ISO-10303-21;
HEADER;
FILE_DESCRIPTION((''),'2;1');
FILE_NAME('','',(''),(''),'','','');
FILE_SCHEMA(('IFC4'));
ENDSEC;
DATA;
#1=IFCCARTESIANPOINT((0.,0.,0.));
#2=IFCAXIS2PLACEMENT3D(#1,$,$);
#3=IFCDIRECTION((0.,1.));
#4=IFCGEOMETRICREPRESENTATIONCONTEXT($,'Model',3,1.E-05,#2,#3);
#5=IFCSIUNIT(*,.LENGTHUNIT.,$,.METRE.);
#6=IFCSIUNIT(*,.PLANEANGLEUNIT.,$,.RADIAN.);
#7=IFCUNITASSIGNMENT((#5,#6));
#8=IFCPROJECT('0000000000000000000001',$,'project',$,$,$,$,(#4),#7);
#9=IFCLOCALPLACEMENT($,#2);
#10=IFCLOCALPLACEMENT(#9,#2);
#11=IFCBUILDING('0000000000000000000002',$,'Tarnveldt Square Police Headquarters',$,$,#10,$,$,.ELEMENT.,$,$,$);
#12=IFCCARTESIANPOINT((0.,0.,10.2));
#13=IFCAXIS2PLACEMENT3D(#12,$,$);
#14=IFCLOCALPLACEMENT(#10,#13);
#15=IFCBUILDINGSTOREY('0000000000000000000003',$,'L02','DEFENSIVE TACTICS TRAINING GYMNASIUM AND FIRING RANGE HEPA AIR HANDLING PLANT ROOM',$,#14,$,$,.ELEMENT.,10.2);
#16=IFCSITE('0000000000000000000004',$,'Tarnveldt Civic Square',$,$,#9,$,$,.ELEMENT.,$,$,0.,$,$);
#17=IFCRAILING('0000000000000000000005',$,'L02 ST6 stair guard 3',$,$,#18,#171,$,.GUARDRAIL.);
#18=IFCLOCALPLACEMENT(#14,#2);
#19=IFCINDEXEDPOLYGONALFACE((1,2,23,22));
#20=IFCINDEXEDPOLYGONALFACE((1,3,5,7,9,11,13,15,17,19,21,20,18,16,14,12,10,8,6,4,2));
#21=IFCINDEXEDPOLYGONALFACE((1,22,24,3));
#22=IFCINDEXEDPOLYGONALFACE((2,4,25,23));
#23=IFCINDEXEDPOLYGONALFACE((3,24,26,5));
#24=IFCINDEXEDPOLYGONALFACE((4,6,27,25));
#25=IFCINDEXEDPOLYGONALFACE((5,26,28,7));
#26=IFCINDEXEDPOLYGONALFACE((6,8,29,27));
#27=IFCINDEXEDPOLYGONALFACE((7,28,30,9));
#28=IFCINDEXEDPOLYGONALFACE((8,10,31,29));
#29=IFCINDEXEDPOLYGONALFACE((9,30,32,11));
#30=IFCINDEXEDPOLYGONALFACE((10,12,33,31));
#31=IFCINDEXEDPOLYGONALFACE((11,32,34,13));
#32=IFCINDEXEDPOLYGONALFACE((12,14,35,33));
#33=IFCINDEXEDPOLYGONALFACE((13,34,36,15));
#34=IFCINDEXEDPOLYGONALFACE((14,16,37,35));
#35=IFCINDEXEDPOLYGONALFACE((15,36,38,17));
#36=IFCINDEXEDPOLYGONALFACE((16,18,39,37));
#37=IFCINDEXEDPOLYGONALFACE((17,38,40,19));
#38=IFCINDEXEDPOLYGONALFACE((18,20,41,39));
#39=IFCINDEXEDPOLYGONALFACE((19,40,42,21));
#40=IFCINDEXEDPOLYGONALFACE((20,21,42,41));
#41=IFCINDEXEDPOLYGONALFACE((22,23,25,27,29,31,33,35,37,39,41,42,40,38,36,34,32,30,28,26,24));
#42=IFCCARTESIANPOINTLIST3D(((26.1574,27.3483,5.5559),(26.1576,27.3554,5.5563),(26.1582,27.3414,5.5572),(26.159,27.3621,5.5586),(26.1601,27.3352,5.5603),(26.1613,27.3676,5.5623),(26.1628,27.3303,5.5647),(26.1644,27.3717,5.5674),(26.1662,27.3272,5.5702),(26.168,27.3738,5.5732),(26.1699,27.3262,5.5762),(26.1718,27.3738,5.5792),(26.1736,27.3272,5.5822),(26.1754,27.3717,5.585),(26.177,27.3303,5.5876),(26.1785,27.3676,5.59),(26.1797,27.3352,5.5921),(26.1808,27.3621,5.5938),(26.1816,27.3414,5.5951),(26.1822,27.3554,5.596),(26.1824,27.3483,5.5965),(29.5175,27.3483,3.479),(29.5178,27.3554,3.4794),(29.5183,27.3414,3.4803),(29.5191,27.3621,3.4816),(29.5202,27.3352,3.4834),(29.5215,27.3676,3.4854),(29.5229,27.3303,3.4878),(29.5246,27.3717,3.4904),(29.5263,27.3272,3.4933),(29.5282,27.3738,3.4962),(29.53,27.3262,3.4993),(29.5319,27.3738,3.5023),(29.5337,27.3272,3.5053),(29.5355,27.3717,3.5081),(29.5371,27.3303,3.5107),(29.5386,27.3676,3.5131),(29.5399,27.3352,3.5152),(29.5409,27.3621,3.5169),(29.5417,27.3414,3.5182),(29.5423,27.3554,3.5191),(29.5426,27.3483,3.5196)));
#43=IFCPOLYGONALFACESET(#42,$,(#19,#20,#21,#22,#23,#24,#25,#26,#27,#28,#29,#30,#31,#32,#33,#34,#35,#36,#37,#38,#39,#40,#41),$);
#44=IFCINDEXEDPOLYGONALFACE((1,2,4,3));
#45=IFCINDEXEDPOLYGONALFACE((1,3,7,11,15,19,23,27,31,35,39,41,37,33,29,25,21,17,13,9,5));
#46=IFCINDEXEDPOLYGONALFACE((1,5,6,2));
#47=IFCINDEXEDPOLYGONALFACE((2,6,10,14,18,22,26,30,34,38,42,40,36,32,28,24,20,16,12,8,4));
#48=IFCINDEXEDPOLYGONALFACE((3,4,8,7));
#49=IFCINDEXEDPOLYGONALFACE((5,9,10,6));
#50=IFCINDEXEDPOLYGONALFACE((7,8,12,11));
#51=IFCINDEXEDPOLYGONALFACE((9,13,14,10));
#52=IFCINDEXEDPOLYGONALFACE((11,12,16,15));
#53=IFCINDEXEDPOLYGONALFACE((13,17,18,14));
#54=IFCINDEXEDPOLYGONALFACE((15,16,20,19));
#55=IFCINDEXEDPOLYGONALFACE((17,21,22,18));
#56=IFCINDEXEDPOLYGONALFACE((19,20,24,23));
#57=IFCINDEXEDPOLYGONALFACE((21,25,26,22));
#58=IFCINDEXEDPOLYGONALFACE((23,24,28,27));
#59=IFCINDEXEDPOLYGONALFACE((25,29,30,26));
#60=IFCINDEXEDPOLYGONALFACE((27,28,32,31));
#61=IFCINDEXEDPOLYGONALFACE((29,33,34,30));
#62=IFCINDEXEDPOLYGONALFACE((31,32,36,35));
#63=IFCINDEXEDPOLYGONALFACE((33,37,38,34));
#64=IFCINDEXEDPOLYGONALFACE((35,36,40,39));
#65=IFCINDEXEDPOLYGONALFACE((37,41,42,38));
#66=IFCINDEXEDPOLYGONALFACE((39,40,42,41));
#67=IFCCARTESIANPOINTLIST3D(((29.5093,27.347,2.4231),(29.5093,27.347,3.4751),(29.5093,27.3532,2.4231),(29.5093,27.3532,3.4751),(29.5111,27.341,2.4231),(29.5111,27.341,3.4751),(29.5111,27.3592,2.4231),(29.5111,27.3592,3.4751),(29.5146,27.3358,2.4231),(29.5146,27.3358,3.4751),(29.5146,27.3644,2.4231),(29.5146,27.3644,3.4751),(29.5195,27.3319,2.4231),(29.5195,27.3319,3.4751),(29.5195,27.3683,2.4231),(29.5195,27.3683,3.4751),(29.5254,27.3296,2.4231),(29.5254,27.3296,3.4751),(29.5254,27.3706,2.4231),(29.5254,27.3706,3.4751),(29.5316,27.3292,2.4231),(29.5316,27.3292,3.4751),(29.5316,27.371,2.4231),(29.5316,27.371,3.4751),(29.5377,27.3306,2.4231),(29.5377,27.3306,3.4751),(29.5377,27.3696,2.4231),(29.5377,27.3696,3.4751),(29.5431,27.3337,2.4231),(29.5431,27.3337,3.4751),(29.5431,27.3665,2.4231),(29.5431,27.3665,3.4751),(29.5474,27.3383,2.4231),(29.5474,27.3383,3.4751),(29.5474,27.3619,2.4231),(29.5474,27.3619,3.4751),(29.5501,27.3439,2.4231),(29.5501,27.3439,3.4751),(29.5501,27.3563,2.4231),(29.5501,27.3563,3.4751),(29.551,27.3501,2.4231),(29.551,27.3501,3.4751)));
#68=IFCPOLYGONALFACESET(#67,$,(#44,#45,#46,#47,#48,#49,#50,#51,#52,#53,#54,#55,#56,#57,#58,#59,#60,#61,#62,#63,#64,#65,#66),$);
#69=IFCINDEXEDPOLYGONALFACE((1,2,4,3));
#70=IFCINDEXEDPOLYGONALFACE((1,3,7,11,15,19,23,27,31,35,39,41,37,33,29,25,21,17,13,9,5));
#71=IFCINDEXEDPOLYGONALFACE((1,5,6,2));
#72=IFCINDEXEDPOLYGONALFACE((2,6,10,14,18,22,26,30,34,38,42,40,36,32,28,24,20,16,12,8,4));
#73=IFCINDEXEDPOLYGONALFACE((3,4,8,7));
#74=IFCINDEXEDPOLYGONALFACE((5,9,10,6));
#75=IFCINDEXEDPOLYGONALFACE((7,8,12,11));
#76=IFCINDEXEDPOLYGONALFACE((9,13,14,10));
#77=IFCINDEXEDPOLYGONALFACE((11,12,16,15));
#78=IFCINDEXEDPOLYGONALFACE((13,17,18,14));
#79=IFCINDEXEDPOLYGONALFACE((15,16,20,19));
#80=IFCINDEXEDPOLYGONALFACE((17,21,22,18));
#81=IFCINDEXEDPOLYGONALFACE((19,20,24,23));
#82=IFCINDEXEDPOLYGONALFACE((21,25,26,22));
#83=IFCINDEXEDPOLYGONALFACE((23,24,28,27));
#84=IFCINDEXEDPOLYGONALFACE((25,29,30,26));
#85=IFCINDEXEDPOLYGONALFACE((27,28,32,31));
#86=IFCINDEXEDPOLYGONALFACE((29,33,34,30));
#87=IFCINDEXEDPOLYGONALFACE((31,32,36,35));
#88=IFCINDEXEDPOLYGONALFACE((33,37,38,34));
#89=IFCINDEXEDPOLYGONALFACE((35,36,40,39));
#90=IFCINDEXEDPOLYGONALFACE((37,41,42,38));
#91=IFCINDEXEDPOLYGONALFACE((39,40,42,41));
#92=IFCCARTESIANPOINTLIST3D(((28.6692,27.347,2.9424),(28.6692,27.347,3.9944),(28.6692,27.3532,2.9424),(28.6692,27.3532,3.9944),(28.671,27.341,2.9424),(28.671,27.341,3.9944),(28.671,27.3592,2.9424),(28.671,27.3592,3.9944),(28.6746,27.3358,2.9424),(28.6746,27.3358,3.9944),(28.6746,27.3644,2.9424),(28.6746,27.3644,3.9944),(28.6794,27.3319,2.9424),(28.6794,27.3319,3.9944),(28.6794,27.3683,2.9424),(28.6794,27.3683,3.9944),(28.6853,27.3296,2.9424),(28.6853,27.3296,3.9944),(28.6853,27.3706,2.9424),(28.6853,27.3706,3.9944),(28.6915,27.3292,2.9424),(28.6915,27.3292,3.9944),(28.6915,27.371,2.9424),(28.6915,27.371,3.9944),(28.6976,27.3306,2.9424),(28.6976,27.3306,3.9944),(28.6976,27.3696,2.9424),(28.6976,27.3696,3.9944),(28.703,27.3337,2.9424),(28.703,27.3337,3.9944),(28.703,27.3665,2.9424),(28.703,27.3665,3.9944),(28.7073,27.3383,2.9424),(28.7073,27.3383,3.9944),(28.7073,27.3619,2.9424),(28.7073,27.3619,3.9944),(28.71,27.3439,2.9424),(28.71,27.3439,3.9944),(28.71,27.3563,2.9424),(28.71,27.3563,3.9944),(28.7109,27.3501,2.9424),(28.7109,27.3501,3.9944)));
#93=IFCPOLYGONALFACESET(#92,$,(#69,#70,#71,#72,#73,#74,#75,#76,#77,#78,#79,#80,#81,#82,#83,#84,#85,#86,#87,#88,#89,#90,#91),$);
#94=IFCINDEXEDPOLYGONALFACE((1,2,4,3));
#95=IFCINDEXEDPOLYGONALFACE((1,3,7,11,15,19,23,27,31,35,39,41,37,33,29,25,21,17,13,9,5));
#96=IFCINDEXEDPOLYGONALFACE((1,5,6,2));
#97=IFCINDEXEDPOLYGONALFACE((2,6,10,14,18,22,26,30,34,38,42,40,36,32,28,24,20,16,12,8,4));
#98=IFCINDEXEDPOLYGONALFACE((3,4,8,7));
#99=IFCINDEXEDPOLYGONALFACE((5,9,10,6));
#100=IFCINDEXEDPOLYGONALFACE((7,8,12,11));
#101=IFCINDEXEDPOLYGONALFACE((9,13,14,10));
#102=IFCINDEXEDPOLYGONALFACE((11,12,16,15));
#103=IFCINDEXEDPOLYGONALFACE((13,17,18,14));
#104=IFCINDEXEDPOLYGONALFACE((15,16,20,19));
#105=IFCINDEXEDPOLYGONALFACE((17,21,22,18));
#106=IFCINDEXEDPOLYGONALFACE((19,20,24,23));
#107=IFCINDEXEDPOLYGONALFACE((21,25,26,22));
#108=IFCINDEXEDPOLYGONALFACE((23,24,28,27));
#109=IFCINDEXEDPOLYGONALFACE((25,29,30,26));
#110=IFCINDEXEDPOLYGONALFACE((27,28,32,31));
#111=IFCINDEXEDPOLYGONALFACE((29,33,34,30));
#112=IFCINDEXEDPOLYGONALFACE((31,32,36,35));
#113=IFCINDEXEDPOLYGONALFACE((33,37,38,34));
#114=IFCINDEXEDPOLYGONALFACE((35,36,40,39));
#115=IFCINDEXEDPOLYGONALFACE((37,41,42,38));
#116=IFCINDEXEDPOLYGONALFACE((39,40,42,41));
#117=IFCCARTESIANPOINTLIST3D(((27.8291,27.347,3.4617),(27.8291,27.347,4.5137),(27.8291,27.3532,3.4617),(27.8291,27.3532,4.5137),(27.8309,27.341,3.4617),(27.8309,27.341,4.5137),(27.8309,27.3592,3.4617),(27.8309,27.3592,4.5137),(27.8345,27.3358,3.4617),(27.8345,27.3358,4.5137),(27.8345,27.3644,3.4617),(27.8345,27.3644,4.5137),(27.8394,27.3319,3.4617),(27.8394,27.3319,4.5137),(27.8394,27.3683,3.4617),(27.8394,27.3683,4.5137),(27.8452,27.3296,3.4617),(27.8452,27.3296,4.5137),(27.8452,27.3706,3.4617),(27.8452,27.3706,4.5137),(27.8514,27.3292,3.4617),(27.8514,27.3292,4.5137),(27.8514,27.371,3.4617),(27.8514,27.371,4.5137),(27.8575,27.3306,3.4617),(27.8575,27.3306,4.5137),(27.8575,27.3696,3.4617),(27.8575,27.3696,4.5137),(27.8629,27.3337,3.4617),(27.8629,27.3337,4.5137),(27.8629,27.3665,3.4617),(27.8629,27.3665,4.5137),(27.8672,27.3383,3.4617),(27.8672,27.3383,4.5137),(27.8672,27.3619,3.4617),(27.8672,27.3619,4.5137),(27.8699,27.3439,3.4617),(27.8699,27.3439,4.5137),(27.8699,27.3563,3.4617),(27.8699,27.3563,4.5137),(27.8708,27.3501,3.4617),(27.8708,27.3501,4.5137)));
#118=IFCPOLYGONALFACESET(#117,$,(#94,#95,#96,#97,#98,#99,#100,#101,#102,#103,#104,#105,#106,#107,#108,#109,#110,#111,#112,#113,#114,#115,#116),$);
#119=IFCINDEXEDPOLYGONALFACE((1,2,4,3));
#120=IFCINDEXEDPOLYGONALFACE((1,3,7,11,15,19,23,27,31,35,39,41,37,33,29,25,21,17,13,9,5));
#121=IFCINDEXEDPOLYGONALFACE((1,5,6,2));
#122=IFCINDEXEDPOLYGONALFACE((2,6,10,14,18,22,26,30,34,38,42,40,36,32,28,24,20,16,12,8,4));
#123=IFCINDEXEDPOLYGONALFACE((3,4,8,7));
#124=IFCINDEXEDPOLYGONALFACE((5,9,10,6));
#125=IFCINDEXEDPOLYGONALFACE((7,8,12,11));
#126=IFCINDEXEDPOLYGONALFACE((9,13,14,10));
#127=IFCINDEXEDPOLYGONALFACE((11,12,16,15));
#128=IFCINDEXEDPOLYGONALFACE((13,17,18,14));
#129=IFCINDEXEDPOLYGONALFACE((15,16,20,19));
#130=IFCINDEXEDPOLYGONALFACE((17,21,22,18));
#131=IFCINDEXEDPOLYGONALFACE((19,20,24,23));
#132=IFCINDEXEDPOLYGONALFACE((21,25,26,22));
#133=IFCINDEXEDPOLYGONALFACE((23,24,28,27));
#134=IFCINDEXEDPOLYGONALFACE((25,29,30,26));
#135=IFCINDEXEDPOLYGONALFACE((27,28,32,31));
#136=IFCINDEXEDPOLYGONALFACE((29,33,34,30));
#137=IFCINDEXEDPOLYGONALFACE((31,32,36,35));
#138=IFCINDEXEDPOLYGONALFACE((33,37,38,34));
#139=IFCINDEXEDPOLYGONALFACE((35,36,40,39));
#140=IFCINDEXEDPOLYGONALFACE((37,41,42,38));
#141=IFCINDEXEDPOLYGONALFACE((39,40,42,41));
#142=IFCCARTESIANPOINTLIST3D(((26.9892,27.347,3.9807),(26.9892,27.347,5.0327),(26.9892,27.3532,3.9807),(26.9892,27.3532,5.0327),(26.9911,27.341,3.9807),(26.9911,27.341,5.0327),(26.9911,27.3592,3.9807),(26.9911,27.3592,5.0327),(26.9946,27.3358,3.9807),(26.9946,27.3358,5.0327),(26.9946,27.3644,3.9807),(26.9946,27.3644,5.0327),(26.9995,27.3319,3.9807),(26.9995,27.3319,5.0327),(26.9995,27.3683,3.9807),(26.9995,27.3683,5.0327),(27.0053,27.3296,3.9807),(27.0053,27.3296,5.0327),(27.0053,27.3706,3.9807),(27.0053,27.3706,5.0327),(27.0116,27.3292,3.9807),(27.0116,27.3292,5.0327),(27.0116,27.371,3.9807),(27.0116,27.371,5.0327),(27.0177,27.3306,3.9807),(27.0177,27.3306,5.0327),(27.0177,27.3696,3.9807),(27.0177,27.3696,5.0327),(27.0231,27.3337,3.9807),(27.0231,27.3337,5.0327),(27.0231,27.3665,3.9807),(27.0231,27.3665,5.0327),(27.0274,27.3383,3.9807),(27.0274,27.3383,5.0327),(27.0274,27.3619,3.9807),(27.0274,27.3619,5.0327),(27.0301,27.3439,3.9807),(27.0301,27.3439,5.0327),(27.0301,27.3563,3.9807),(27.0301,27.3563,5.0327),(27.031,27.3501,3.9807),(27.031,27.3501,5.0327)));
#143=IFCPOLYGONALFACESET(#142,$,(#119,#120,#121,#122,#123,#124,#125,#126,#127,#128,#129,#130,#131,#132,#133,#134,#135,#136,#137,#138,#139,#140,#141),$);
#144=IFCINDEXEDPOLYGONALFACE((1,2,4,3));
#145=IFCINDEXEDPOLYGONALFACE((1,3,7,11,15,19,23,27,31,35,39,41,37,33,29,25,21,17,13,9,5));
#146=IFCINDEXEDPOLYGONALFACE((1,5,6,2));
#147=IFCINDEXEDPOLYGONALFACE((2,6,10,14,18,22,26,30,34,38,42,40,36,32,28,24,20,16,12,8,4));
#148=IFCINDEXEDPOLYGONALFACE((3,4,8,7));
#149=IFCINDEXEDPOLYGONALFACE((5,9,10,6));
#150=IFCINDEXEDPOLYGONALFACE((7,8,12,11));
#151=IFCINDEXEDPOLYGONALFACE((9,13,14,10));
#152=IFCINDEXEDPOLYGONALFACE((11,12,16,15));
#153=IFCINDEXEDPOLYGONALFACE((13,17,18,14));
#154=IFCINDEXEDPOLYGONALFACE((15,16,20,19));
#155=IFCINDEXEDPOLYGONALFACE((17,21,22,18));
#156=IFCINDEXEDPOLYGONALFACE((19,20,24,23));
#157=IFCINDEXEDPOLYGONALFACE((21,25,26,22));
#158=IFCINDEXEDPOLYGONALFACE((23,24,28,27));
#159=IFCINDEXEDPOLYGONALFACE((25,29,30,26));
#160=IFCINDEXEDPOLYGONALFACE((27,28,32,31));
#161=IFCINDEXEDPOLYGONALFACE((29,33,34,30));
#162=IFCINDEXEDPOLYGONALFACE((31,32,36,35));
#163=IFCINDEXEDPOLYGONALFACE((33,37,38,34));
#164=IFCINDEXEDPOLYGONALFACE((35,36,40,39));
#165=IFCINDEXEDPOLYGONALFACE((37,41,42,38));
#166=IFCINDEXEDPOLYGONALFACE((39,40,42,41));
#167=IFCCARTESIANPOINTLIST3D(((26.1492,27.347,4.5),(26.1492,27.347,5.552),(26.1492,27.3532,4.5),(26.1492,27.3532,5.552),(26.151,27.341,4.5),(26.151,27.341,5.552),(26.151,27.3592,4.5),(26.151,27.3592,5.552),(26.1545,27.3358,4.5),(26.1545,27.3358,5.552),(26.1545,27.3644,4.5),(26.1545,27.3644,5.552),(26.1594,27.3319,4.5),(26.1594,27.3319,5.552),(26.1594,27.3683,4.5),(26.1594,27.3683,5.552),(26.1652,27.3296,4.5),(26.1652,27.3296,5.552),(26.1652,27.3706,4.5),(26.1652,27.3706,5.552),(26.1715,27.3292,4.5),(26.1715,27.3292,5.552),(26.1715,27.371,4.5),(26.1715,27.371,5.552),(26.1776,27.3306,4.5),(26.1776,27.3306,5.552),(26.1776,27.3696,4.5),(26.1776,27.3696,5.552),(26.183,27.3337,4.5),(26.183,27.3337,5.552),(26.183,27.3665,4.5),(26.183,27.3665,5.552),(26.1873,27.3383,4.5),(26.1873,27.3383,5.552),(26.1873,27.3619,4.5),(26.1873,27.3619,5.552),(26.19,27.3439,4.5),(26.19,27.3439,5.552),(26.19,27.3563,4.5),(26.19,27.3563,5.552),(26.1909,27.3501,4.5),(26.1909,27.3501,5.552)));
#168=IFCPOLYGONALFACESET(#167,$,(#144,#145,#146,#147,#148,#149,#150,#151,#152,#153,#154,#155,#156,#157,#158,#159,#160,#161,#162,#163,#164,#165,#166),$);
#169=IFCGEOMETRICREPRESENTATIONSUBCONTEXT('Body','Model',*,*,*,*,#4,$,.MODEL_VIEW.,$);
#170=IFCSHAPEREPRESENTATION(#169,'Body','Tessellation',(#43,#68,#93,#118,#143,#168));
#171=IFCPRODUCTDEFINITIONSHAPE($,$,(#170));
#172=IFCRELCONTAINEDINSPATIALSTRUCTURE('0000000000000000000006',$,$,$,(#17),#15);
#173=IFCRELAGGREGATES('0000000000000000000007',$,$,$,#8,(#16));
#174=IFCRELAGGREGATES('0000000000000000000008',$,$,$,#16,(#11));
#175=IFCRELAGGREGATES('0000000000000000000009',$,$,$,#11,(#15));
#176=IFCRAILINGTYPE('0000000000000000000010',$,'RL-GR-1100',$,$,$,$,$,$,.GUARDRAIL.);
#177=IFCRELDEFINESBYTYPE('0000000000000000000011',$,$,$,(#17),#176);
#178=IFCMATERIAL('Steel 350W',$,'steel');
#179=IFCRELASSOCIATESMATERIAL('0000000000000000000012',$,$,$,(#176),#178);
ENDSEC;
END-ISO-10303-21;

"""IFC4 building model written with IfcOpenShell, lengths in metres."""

from ifc_helpers import new_model, si_unit, direction, frame, origin, origin_2d, place, context, subcontext, project, spatial, circle, extrude, material, type_object, element, save


model = new_model("IFC4")

# Units and contexts
model_context = context("Model", 3, precision=1e-05, world=origin(), true_north=direction((0.0, 1.0)))
body_context = subcontext(model_context, "Body", "Model", "MODEL_VIEW")
ifc_project = project(units=[si_unit("LENGTHUNIT", "METRE"), si_unit("PLANEANGLEUNIT", "RADIAN")], contexts=[model_context])

# Site, building, storey
site_placement = place(None, origin())
site = spatial("IfcSite", under=ifc_project, at=site_placement, Name="Tarnveldt Civic Square", CompositionType="ELEMENT", RefElevation=0.0)
building_placement = place(site_placement, origin())
building = spatial("IfcBuilding", under=site, at=building_placement, Name="Tarnveldt Square Police Headquarters", CompositionType="ELEMENT")
storey_placement = place(building_placement, frame((0.0, 0.0, 10.2)))
storey = spatial("IfcBuildingStorey", under=building, at=storey_placement, Name="L02", Description="DEFENSIVE TACTICS TRAINING GYMNASIUM AND FIRING RANGE HEPA AIR HANDLING PLANT ROOM", CompositionType="ELEMENT", Elevation=10.2)

# Shared definitions
ifc_material_1 = material(Name="Steel 350W", Category="steel")

# Railing
railing_type_1 = type_object("IfcRailingType", Name="RL-GR-1100", PredefinedType="GUARDRAIL", material=ifc_material_1)
railing_1_placement = place(storey_placement, frame((29.53, 27.3501, 2.4231)))
element("IfcRailing", 1, at=railing_1_placement, inside=storey, type_object=railing_type_1, Name="L02 ST6 stair guard 3", PredefinedType="GUARDRAIL", context=body_context, shape_type="SweptSolid", body=[
    extrude(circle(Radius=0.0239, at=origin_2d()), frame((0.0, 0.0, 1.0762), z_axis=(-0.850623, 0.0, 0.525776), x_axis=(0.0, -1.0, 0.0)), (0.0, 0.0, 1.0), 3.9502),
    extrude(circle(Radius=0.021, at=origin_2d()), origin(), (0.0, 0.0, 1.0), 1.052),
    extrude(circle(Radius=0.021, at=origin_2d()), frame((-0.8401, 0.0, 0.5193)), (0.0, 0.0, 1.0), 1.052),
    extrude(circle(Radius=0.021, at=origin_2d()), frame((-1.6802, 0.0, 1.0386)), (0.0, 0.0, 1.0), 1.052),
    extrude(circle(Radius=0.021, at=origin_2d()), frame((-2.52, 0.0, 1.5576)), (0.0, 0.0, 1.0), 1.052),
    extrude(circle(Radius=0.021, at=origin_2d()), frame((-3.3601, 0.0, 2.0769)), (0.0, 0.0, 1.0), 1.052),
])

save(model, "model.ifc")
